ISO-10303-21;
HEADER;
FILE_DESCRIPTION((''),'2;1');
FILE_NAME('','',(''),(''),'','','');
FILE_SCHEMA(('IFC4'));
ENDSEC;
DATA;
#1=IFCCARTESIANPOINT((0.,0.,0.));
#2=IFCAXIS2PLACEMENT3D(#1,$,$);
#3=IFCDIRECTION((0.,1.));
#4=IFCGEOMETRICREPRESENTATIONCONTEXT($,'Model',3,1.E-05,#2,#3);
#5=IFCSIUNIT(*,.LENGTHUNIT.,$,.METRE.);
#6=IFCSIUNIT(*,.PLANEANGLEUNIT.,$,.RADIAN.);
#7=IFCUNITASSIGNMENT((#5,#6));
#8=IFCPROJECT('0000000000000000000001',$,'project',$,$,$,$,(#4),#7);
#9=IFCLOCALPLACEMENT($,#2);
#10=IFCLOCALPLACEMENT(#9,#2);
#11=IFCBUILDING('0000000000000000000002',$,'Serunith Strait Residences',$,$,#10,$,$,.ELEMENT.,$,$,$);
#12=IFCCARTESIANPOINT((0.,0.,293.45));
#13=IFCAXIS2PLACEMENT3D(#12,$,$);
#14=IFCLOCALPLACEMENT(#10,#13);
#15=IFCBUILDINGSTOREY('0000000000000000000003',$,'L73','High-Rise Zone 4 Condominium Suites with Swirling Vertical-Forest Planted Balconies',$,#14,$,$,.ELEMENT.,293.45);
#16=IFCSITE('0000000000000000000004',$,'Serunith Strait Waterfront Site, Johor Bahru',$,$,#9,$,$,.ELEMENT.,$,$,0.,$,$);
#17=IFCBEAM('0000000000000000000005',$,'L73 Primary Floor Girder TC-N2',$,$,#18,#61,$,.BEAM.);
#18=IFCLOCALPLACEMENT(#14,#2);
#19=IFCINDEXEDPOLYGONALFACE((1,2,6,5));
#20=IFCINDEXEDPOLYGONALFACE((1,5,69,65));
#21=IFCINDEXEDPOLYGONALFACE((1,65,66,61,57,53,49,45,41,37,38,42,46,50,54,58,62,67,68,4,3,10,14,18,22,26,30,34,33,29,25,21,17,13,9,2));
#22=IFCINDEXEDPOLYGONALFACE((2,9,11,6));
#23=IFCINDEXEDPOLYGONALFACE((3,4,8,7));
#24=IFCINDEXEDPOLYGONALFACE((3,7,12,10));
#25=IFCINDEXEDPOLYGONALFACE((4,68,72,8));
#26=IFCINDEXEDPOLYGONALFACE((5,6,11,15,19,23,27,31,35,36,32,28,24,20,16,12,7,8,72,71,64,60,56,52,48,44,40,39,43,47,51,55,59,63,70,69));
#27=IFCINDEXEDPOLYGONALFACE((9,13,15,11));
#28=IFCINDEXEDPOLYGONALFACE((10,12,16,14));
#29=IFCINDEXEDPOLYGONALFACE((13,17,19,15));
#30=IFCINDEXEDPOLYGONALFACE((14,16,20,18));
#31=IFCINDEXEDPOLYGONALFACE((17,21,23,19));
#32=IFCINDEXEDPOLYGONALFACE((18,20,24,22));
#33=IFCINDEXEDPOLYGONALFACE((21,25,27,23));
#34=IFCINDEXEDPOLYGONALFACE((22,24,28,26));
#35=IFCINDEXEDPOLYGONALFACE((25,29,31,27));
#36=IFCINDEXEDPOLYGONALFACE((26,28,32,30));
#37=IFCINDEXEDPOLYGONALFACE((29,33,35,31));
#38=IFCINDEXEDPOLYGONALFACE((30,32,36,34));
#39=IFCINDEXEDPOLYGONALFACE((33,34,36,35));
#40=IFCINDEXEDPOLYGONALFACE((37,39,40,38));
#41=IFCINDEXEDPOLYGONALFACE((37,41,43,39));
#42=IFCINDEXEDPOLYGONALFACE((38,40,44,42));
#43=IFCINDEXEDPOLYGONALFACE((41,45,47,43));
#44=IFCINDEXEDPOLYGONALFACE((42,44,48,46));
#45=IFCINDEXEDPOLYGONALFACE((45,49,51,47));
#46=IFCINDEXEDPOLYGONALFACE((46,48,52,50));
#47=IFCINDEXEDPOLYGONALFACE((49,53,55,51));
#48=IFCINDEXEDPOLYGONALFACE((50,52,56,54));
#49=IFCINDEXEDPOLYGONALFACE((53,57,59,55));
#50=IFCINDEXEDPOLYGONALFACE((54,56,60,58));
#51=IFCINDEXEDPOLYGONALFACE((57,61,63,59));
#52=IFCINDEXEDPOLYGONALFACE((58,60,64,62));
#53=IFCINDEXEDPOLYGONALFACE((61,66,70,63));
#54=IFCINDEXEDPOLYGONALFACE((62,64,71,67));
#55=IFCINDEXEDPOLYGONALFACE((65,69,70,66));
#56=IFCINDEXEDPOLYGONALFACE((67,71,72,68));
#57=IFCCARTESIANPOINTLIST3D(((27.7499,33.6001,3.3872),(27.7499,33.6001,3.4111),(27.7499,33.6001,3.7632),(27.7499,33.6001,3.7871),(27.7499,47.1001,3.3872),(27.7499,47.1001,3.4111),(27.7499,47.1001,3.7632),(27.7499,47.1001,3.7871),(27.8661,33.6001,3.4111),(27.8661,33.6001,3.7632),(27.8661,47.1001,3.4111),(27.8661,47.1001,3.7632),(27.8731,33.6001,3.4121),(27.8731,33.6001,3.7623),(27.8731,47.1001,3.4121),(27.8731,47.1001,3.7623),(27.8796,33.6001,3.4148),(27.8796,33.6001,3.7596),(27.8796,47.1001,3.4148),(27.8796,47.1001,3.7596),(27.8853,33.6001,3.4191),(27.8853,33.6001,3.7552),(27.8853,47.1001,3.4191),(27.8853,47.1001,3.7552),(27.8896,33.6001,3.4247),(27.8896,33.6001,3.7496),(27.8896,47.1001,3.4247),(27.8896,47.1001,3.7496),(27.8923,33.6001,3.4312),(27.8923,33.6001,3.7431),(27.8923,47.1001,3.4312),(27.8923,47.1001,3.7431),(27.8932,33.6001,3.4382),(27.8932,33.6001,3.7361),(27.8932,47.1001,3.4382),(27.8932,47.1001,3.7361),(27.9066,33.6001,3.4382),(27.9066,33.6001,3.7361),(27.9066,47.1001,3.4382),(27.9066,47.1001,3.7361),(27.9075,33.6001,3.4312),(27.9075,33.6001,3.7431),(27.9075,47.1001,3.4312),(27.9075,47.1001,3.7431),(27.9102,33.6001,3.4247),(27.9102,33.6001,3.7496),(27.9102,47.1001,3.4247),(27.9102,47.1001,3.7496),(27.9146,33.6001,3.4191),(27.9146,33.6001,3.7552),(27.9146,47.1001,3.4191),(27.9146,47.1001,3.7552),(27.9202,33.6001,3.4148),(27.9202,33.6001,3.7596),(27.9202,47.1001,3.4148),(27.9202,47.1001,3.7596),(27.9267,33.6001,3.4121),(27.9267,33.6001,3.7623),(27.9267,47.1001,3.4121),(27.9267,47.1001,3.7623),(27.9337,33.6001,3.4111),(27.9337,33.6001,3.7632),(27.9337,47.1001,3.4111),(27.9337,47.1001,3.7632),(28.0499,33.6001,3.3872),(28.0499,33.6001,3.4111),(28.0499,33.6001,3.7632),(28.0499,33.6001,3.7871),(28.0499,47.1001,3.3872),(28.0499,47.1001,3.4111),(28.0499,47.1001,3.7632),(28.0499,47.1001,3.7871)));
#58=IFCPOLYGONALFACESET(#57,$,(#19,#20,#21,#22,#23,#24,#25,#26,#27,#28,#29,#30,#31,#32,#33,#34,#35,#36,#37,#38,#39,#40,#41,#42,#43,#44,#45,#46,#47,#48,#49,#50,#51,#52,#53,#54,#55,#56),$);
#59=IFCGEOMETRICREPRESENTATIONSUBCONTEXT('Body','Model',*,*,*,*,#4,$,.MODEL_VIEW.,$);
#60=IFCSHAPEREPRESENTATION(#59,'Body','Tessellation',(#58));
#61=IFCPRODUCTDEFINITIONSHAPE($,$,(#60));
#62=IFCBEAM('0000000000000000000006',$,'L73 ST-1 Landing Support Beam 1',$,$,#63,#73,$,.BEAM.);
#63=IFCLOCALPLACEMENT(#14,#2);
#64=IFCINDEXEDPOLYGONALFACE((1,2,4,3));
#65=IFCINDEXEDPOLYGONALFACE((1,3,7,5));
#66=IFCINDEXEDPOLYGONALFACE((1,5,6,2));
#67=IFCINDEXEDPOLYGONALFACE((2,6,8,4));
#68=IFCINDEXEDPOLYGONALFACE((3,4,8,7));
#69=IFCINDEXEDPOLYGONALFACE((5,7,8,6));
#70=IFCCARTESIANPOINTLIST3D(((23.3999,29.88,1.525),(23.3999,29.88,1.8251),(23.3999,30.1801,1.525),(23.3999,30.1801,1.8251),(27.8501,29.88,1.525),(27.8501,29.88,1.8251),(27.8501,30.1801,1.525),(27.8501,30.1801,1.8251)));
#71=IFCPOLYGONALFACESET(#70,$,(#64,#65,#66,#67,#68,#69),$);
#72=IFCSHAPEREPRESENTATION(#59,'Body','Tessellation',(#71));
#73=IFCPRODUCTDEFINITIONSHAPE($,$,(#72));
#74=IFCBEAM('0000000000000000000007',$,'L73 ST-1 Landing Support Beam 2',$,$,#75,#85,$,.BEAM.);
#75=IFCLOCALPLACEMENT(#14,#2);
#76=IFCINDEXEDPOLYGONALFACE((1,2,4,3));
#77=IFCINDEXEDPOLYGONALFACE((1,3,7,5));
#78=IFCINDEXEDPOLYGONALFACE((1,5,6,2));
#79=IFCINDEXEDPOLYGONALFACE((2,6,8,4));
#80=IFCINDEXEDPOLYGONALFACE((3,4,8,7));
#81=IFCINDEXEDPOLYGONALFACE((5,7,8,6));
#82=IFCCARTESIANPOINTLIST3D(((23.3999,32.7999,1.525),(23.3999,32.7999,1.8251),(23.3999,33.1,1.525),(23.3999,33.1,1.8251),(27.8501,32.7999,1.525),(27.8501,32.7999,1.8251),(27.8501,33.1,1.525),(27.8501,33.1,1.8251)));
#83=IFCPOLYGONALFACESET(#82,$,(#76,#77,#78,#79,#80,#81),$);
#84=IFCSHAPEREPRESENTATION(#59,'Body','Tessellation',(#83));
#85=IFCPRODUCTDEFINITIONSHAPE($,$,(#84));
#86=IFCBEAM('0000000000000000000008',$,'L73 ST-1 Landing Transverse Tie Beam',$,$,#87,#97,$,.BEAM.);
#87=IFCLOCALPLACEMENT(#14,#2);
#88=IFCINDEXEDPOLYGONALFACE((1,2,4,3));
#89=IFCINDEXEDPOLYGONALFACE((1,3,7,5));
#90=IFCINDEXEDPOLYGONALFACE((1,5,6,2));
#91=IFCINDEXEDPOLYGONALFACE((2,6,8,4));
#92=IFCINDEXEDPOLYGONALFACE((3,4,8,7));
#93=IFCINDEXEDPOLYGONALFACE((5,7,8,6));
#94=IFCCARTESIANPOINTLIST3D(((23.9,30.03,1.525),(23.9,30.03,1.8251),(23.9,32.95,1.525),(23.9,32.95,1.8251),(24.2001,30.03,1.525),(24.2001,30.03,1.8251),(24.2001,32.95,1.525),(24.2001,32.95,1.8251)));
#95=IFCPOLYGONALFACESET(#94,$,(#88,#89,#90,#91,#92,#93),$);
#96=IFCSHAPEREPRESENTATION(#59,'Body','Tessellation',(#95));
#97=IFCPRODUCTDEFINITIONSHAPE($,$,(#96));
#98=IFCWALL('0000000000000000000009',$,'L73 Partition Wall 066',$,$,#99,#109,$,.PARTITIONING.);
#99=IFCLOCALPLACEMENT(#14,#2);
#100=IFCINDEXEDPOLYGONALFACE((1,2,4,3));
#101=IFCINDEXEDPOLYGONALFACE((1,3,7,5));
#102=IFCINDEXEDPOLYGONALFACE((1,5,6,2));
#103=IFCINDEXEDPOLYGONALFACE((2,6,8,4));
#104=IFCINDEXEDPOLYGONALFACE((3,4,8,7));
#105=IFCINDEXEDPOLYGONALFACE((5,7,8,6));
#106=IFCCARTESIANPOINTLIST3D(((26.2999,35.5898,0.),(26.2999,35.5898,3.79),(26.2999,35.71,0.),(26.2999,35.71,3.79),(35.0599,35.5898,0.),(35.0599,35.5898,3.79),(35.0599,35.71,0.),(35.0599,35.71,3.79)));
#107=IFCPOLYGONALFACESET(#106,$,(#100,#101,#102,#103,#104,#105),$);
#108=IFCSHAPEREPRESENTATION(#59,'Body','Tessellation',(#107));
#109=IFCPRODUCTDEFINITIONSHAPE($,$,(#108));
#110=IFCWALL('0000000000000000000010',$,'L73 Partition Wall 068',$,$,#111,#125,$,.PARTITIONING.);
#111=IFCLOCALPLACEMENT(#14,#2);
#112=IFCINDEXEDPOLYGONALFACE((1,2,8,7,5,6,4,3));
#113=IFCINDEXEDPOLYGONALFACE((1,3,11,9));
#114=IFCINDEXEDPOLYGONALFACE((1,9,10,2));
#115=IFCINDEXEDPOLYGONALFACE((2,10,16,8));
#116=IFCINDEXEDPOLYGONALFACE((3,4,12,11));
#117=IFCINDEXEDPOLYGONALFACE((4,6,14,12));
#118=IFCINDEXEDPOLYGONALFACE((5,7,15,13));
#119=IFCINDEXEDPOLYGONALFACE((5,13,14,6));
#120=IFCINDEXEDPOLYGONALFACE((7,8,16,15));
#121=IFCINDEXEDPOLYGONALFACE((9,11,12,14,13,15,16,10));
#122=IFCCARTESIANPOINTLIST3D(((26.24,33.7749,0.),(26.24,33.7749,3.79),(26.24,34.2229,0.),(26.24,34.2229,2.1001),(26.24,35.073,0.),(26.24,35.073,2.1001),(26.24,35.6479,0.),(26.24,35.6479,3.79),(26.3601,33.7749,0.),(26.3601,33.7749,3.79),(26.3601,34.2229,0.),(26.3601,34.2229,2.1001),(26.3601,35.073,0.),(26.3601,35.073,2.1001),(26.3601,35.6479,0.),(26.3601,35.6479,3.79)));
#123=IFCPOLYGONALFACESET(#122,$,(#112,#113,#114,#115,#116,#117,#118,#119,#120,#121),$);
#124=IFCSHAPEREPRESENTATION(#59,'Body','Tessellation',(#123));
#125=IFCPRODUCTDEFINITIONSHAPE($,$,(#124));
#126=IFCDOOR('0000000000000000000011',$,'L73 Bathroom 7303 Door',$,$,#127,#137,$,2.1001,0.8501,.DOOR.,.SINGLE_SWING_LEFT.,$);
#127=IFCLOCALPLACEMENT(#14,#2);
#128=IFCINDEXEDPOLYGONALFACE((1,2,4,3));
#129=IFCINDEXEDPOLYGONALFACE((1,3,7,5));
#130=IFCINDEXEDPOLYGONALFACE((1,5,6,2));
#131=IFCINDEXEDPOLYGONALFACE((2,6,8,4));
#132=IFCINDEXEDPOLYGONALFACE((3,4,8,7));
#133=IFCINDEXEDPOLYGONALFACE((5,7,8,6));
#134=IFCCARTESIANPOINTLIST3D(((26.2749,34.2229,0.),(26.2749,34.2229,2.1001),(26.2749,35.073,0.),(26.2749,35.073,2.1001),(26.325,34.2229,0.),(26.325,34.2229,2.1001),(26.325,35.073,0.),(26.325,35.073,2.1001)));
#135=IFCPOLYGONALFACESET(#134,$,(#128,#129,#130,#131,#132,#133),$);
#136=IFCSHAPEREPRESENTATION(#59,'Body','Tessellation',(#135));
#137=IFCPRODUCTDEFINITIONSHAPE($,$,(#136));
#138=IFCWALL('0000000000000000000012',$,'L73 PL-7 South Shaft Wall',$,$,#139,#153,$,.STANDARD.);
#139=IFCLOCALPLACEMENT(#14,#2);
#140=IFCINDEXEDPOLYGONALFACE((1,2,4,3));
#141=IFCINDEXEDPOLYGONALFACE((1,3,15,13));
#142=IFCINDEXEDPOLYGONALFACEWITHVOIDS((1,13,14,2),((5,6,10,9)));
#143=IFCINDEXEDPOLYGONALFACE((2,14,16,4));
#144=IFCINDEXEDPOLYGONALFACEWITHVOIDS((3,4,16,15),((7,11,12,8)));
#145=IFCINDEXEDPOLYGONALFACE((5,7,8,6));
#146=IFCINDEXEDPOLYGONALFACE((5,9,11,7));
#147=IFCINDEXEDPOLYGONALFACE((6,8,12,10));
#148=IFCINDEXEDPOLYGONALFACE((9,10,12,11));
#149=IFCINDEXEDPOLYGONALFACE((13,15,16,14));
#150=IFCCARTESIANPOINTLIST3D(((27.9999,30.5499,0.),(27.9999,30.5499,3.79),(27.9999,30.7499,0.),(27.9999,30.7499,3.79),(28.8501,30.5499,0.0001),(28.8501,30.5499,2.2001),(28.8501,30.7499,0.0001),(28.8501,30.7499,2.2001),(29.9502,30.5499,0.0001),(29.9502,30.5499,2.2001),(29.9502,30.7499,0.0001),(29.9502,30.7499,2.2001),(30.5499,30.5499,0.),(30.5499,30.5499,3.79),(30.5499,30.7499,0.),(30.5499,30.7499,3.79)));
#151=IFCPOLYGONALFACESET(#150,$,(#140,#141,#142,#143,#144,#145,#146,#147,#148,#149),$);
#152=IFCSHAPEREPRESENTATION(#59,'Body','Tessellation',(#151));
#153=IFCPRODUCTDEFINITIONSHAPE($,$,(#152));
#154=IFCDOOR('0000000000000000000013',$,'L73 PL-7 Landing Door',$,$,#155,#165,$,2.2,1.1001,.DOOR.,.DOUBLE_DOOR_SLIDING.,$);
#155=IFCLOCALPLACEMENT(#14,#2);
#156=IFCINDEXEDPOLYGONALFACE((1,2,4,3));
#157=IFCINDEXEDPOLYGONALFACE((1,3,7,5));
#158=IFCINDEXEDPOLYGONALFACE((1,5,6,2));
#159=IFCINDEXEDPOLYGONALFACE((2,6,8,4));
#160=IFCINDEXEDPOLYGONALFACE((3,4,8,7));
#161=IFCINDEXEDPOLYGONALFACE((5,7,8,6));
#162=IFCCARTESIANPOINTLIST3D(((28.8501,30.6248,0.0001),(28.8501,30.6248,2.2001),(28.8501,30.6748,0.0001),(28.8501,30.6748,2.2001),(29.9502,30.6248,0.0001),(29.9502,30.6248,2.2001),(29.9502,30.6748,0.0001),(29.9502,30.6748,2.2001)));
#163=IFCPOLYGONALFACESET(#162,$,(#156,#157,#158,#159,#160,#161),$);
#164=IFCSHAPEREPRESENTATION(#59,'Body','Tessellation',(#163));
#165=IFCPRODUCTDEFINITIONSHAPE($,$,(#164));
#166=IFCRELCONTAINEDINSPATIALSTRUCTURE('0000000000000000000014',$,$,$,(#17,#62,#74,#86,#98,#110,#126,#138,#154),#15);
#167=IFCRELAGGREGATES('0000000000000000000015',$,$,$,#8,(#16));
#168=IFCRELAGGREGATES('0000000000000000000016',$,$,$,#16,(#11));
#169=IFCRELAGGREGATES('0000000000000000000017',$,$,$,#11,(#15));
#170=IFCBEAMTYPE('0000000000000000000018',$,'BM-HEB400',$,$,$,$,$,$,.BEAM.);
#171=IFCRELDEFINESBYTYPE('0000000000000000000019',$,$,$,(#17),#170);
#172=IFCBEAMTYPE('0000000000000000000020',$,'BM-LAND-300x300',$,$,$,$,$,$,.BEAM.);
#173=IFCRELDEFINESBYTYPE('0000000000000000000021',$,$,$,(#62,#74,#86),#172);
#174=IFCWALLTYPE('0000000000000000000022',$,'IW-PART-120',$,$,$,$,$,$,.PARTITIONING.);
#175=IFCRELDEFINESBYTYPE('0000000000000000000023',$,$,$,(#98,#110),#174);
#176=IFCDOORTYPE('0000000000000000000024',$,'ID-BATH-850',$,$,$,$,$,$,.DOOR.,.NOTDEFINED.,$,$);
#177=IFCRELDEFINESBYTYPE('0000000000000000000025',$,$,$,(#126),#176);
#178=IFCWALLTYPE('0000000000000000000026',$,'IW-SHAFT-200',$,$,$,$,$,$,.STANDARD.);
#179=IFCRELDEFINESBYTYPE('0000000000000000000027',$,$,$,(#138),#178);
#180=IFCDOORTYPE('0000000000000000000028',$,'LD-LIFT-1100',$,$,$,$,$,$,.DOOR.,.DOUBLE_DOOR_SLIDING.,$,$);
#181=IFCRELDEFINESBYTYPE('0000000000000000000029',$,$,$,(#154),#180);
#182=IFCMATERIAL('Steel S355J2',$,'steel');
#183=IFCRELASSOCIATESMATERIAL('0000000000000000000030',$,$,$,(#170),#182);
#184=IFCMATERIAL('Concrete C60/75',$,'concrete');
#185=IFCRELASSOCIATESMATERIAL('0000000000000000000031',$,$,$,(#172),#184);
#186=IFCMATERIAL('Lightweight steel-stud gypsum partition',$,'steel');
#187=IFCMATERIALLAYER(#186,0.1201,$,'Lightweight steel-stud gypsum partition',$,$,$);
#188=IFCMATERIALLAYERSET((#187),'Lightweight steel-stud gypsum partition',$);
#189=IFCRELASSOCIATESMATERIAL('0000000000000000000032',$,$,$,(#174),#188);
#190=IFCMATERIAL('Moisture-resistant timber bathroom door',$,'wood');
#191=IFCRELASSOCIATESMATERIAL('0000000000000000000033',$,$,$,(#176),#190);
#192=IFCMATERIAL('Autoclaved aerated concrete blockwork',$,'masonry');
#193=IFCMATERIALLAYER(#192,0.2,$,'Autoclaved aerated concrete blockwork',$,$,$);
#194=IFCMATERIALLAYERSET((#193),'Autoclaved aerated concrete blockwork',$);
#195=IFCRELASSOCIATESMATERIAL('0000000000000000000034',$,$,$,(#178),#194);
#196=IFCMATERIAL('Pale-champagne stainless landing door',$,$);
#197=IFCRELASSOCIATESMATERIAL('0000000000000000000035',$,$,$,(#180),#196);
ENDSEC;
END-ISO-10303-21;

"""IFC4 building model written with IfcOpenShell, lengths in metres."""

from ifc_helpers import new_model, si_unit, direction, frame, frame_2d, origin, origin_2d, place, context, subcontext, project, spatial, rectangle, i_section, extrude, source, transform, mapped, material, layer, layer_set, material_profile, profile_set, type_object, element, fill, save


model = new_model("IFC4")

# Units and contexts
model_context = context("Model", 3, precision=1e-05, world=origin(), true_north=direction((0.0, 1.0)))
body_context = subcontext(model_context, "Body", "Model", "MODEL_VIEW")
ifc_project = project(units=[si_unit("LENGTHUNIT", "METRE"), si_unit("PLANEANGLEUNIT", "RADIAN")], contexts=[model_context])

# Site, building, storey
site_placement = place(None, origin())
site = spatial("IfcSite", under=ifc_project, at=site_placement, Name="Serunith Strait Waterfront Site, Johor Bahru", CompositionType="ELEMENT", RefElevation=0.0)
building_placement = place(site_placement, origin())
building = spatial("IfcBuilding", under=site, at=building_placement, Name="Serunith Strait Residences", CompositionType="ELEMENT")
storey_placement = place(building_placement, frame((0.0, 0.0, 293.45)))
storey = spatial("IfcBuildingStorey", under=building, at=storey_placement, Name="L73", Description="High-Rise Zone 4 Condominium Suites with Swirling Vertical-Forest Planted Balconies", CompositionType="ELEMENT", Elevation=293.45)

# Beams
ifc_material_1 = material(Name="Steel S355J2", Category="steel")
ifc_material_profile_1 = material_profile(ifc_material_1, i_section(OverallWidth=0.3, OverallDepth=0.3999, WebThickness=0.0134, FlangeThickness=0.0239, FilletRadius=0.0271, at=origin_2d()), Name="HEB 400")
ifc_profile_set_1 = profile_set([ifc_material_profile_1], Name="Steel S355J2")
beam_type_1 = type_object("IfcBeamType", Name="BM-HEB400", PredefinedType="BEAM", material=ifc_profile_set_1)
shared_shape_1 = source(origin(), body_context, "Body", "SweptSolid", [
    extrude(i_section(OverallWidth=0.3, OverallDepth=0.3999, WebThickness=0.0134, FlangeThickness=0.0239, FilletRadius=0.0271, at=origin_2d()), origin(), (0.0, 0.0, 1.0), 13.5),
])
beam_1_placement = place(storey_placement, frame((27.8999, 33.6001, 3.5872), z_axis=(0.0, 1.0, 0.0), x_axis=(-1.0, 0.0, 0.0)))
element("IfcBeam", 1, at=beam_1_placement, inside=storey, type_object=beam_type_1, Name="L73 Primary Floor Girder TC-N2", PredefinedType="BEAM", context=body_context, shape_type="MappedRepresentation", body=[
    mapped(shared_shape_1, transform((0.0, 0.0, 0.0), scale=1.0)),
])
ifc_material_2 = material(Name="Concrete C60/75", Category="concrete")
ifc_material_profile_2 = material_profile(ifc_material_2, rectangle(XDim=0.3, YDim=0.3, at=origin_2d()), Name="RC 300x300")
ifc_profile_set_2 = profile_set([ifc_material_profile_2], Name="Concrete C60/75")
beam_type_2 = type_object("IfcBeamType", Name="BM-LAND-300x300", PredefinedType="BEAM", material=ifc_profile_set_2)
shared_shape_2 = source(origin(), body_context, "Body", "SweptSolid", [
    extrude(rectangle(XDim=0.3, YDim=0.3, at=origin_2d()), origin(), (0.0, 0.0, 1.0), 4.4502),
])
for number, where, z_axis, x_axis, name in (
    (2, (23.3999, 30.03, 1.675), (1.0, 0.0, 0.0), (0.0, 1.0, 0.0), "L73 ST-1 Landing Support Beam 1"),
    (3, (23.3999, 32.95, 1.675), (1.0, 0.0, 0.0), (0.0, 1.0, 0.0), "L73 ST-1 Landing Support Beam 2"),
):
    element("IfcBeam", number, at=place(storey_placement, frame(where, z_axis=z_axis, x_axis=x_axis)), inside=storey, type_object=beam_type_2, Name=name, PredefinedType="BEAM", context=body_context, shape_type="MappedRepresentation", body=[
        mapped(shared_shape_2, transform((0.0, 0.0, 0.0), scale=1.0)),
    ])
shared_shape_3 = source(origin(), body_context, "Body", "SweptSolid", [
    extrude(rectangle(XDim=0.3, YDim=0.3, at=origin_2d()), origin(), (0.0, 0.0, 1.0), 2.9199),
])
beam_2_placement = place(storey_placement, frame((24.05, 30.03, 1.675), z_axis=(0.0, 1.0, 0.0), x_axis=(-1.0, 0.0, 0.0)))
element("IfcBeam", 4, at=beam_2_placement, inside=storey, type_object=beam_type_2, Name="L73 ST-1 Landing Transverse Tie Beam", PredefinedType="BEAM", context=body_context, shape_type="MappedRepresentation", body=[
    mapped(shared_shape_3, transform((0.0, 0.0, 0.0), scale=1.0)),
])

# Wall
ifc_material_3 = material(Name="Lightweight steel-stud gypsum partition", Category="steel")
ifc_layer_1 = layer(ifc_material_3, 0.1201, Name="Lightweight steel-stud gypsum partition")
ifc_layer_set_1 = layer_set([ifc_layer_1], Name="Lightweight steel-stud gypsum partition")
wall_type_1 = type_object("IfcWallType", Name="IW-PART-120", PredefinedType="PARTITIONING", material=ifc_layer_set_1)
wall_1_placement = place(storey_placement, frame((26.3, 35.6499, 0.0), z_axis=(0.0, 0.0, 1.0), x_axis=(1.0, 0.0, 0.0)))
element("IfcWall", 5, at=wall_1_placement, inside=storey, type_object=wall_type_1, Name="L73 Partition Wall 066", PredefinedType="PARTITIONING", context=body_context, shape_type="SweptSolid", body=[
    extrude(rectangle(XDim=8.76, YDim=0.1201, at=frame_2d((4.3799, 0.0))), origin(), (0.0, 0.0, 1.0), 3.79),
])

# Walls, openings, doors
wall_2_placement = place(storey_placement, frame((26.3, 35.6479, 0.0), z_axis=(0.0, 0.0, 1.0), x_axis=(0.0, -1.0, 0.0)))
wall_2 = element("IfcWall", 6, at=wall_2_placement, inside=storey, type_object=wall_type_1, Name="L73 Partition Wall 068", PredefinedType="PARTITIONING", context=body_context, shape_type="SweptSolid", body=[
    extrude(rectangle(XDim=1.873, YDim=0.1201, at=frame_2d((0.9365, 0.0))), origin(), (0.0, 0.0, 1.0), 3.79),
])
opening_1_placement = place(wall_2_placement, frame((0.575, 0.0, 0.0)))
opening_1 = element("IfcOpeningElement", 7, at=opening_1_placement, cuts=wall_2, PredefinedType="OPENING", context=body_context, shape_type="SweptSolid", body=[
    extrude(rectangle(XDim=0.8501, YDim=2.1001, at=frame_2d((0.425, 1.05))), frame((0.0, 0.0701, 0.0), z_axis=(0.0, -1.0, 0.0), x_axis=(1.0, 0.0, 0.0)), (0.0, 0.0, 1.0), 0.1401),
])
ifc_material_4 = material(Name="Moisture-resistant timber bathroom door", Category="wood")
door_type_1 = type_object("IfcDoorType", Name="ID-BATH-850", OperationType="NOTDEFINED", PredefinedType="DOOR", material=ifc_material_4)
shared_shape_4 = source(origin(), body_context, "Body", "SweptSolid", [
    extrude(rectangle(XDim=0.8501, YDim=2.1001, at=frame_2d((0.425, 1.05))), frame((0.0, 0.0249, 0.0), z_axis=(0.0, -1.0, 0.0), x_axis=(1.0, 0.0, 0.0)), (0.0, 0.0, 1.0), 0.05),
])
door_1_placement = place(opening_1_placement, origin())
door_1 = element("IfcDoor", 8, at=door_1_placement, inside=storey, type_object=door_type_1, Name="L73 Bathroom 7303 Door", OperationType="SINGLE_SWING_LEFT", OverallHeight=2.1001, OverallWidth=0.8501, PredefinedType="DOOR", context=body_context, shape_type="MappedRepresentation", body=[
    mapped(shared_shape_4, transform((0.0, 0.0, 0.0), scale=1.0)),
])
fill(opening_1, door_1)
ifc_material_5 = material(Name="Autoclaved aerated concrete blockwork", Category="masonry")
ifc_layer_2 = layer(ifc_material_5, 0.2, Name="Autoclaved aerated concrete blockwork")
ifc_layer_set_2 = layer_set([ifc_layer_2], Name="Autoclaved aerated concrete blockwork")
wall_type_2 = type_object("IfcWallType", Name="IW-SHAFT-200", PredefinedType="STANDARD", material=ifc_layer_set_2)
wall_3_placement = place(storey_placement, frame((28.0, 30.6499, 0.0), z_axis=(0.0, 0.0, 1.0), x_axis=(1.0, 0.0, 0.0)))
wall_3 = element("IfcWall", 9, at=wall_3_placement, inside=storey, type_object=wall_type_2, Name="L73 PL-7 South Shaft Wall", PredefinedType="STANDARD", context=body_context, shape_type="SweptSolid", body=[
    extrude(rectangle(XDim=2.55, YDim=0.2, at=frame_2d((1.2749, 0.0))), origin(), (0.0, 0.0, 1.0), 3.79),
])
opening_2_placement = place(wall_3_placement, frame((0.8501, 0.0, 0.0)))
opening_2 = element("IfcOpeningElement", 10, at=opening_2_placement, cuts=wall_3, PredefinedType="OPENING", context=body_context, shape_type="SweptSolid", body=[
    extrude(rectangle(XDim=1.1001, YDim=2.2, at=frame_2d((0.55, 1.1001))), frame((0.0, 0.1099, 0.0), z_axis=(0.0, -1.0, 0.0), x_axis=(1.0, 0.0, 0.0)), (0.0, 0.0, 1.0), 0.22),
])
ifc_material_6 = material(Name="Pale-champagne stainless landing door")
door_type_2 = type_object("IfcDoorType", Name="LD-LIFT-1100", OperationType="DOUBLE_DOOR_SLIDING", PredefinedType="DOOR", material=ifc_material_6)
shared_shape_5 = source(origin(), body_context, "Body", "SweptSolid", [
    extrude(rectangle(XDim=1.1001, YDim=2.2, at=frame_2d((0.55, 1.1001))), frame((0.0, 0.0249, 0.0), z_axis=(0.0, -1.0, 0.0), x_axis=(1.0, 0.0, 0.0)), (0.0, 0.0, 1.0), 0.05),
])
door_2_placement = place(opening_2_placement, origin())
door_2 = element("IfcDoor", 11, at=door_2_placement, inside=storey, type_object=door_type_2, Name="L73 PL-7 Landing Door", OperationType="DOUBLE_DOOR_SLIDING", OverallHeight=2.2, OverallWidth=1.1001, PredefinedType="DOOR", context=body_context, shape_type="MappedRepresentation", body=[
    mapped(shared_shape_5, transform((0.0, 0.0, 0.0), scale=1.0)),
])
fill(opening_2, door_2)

save(model, "model.ifc")
